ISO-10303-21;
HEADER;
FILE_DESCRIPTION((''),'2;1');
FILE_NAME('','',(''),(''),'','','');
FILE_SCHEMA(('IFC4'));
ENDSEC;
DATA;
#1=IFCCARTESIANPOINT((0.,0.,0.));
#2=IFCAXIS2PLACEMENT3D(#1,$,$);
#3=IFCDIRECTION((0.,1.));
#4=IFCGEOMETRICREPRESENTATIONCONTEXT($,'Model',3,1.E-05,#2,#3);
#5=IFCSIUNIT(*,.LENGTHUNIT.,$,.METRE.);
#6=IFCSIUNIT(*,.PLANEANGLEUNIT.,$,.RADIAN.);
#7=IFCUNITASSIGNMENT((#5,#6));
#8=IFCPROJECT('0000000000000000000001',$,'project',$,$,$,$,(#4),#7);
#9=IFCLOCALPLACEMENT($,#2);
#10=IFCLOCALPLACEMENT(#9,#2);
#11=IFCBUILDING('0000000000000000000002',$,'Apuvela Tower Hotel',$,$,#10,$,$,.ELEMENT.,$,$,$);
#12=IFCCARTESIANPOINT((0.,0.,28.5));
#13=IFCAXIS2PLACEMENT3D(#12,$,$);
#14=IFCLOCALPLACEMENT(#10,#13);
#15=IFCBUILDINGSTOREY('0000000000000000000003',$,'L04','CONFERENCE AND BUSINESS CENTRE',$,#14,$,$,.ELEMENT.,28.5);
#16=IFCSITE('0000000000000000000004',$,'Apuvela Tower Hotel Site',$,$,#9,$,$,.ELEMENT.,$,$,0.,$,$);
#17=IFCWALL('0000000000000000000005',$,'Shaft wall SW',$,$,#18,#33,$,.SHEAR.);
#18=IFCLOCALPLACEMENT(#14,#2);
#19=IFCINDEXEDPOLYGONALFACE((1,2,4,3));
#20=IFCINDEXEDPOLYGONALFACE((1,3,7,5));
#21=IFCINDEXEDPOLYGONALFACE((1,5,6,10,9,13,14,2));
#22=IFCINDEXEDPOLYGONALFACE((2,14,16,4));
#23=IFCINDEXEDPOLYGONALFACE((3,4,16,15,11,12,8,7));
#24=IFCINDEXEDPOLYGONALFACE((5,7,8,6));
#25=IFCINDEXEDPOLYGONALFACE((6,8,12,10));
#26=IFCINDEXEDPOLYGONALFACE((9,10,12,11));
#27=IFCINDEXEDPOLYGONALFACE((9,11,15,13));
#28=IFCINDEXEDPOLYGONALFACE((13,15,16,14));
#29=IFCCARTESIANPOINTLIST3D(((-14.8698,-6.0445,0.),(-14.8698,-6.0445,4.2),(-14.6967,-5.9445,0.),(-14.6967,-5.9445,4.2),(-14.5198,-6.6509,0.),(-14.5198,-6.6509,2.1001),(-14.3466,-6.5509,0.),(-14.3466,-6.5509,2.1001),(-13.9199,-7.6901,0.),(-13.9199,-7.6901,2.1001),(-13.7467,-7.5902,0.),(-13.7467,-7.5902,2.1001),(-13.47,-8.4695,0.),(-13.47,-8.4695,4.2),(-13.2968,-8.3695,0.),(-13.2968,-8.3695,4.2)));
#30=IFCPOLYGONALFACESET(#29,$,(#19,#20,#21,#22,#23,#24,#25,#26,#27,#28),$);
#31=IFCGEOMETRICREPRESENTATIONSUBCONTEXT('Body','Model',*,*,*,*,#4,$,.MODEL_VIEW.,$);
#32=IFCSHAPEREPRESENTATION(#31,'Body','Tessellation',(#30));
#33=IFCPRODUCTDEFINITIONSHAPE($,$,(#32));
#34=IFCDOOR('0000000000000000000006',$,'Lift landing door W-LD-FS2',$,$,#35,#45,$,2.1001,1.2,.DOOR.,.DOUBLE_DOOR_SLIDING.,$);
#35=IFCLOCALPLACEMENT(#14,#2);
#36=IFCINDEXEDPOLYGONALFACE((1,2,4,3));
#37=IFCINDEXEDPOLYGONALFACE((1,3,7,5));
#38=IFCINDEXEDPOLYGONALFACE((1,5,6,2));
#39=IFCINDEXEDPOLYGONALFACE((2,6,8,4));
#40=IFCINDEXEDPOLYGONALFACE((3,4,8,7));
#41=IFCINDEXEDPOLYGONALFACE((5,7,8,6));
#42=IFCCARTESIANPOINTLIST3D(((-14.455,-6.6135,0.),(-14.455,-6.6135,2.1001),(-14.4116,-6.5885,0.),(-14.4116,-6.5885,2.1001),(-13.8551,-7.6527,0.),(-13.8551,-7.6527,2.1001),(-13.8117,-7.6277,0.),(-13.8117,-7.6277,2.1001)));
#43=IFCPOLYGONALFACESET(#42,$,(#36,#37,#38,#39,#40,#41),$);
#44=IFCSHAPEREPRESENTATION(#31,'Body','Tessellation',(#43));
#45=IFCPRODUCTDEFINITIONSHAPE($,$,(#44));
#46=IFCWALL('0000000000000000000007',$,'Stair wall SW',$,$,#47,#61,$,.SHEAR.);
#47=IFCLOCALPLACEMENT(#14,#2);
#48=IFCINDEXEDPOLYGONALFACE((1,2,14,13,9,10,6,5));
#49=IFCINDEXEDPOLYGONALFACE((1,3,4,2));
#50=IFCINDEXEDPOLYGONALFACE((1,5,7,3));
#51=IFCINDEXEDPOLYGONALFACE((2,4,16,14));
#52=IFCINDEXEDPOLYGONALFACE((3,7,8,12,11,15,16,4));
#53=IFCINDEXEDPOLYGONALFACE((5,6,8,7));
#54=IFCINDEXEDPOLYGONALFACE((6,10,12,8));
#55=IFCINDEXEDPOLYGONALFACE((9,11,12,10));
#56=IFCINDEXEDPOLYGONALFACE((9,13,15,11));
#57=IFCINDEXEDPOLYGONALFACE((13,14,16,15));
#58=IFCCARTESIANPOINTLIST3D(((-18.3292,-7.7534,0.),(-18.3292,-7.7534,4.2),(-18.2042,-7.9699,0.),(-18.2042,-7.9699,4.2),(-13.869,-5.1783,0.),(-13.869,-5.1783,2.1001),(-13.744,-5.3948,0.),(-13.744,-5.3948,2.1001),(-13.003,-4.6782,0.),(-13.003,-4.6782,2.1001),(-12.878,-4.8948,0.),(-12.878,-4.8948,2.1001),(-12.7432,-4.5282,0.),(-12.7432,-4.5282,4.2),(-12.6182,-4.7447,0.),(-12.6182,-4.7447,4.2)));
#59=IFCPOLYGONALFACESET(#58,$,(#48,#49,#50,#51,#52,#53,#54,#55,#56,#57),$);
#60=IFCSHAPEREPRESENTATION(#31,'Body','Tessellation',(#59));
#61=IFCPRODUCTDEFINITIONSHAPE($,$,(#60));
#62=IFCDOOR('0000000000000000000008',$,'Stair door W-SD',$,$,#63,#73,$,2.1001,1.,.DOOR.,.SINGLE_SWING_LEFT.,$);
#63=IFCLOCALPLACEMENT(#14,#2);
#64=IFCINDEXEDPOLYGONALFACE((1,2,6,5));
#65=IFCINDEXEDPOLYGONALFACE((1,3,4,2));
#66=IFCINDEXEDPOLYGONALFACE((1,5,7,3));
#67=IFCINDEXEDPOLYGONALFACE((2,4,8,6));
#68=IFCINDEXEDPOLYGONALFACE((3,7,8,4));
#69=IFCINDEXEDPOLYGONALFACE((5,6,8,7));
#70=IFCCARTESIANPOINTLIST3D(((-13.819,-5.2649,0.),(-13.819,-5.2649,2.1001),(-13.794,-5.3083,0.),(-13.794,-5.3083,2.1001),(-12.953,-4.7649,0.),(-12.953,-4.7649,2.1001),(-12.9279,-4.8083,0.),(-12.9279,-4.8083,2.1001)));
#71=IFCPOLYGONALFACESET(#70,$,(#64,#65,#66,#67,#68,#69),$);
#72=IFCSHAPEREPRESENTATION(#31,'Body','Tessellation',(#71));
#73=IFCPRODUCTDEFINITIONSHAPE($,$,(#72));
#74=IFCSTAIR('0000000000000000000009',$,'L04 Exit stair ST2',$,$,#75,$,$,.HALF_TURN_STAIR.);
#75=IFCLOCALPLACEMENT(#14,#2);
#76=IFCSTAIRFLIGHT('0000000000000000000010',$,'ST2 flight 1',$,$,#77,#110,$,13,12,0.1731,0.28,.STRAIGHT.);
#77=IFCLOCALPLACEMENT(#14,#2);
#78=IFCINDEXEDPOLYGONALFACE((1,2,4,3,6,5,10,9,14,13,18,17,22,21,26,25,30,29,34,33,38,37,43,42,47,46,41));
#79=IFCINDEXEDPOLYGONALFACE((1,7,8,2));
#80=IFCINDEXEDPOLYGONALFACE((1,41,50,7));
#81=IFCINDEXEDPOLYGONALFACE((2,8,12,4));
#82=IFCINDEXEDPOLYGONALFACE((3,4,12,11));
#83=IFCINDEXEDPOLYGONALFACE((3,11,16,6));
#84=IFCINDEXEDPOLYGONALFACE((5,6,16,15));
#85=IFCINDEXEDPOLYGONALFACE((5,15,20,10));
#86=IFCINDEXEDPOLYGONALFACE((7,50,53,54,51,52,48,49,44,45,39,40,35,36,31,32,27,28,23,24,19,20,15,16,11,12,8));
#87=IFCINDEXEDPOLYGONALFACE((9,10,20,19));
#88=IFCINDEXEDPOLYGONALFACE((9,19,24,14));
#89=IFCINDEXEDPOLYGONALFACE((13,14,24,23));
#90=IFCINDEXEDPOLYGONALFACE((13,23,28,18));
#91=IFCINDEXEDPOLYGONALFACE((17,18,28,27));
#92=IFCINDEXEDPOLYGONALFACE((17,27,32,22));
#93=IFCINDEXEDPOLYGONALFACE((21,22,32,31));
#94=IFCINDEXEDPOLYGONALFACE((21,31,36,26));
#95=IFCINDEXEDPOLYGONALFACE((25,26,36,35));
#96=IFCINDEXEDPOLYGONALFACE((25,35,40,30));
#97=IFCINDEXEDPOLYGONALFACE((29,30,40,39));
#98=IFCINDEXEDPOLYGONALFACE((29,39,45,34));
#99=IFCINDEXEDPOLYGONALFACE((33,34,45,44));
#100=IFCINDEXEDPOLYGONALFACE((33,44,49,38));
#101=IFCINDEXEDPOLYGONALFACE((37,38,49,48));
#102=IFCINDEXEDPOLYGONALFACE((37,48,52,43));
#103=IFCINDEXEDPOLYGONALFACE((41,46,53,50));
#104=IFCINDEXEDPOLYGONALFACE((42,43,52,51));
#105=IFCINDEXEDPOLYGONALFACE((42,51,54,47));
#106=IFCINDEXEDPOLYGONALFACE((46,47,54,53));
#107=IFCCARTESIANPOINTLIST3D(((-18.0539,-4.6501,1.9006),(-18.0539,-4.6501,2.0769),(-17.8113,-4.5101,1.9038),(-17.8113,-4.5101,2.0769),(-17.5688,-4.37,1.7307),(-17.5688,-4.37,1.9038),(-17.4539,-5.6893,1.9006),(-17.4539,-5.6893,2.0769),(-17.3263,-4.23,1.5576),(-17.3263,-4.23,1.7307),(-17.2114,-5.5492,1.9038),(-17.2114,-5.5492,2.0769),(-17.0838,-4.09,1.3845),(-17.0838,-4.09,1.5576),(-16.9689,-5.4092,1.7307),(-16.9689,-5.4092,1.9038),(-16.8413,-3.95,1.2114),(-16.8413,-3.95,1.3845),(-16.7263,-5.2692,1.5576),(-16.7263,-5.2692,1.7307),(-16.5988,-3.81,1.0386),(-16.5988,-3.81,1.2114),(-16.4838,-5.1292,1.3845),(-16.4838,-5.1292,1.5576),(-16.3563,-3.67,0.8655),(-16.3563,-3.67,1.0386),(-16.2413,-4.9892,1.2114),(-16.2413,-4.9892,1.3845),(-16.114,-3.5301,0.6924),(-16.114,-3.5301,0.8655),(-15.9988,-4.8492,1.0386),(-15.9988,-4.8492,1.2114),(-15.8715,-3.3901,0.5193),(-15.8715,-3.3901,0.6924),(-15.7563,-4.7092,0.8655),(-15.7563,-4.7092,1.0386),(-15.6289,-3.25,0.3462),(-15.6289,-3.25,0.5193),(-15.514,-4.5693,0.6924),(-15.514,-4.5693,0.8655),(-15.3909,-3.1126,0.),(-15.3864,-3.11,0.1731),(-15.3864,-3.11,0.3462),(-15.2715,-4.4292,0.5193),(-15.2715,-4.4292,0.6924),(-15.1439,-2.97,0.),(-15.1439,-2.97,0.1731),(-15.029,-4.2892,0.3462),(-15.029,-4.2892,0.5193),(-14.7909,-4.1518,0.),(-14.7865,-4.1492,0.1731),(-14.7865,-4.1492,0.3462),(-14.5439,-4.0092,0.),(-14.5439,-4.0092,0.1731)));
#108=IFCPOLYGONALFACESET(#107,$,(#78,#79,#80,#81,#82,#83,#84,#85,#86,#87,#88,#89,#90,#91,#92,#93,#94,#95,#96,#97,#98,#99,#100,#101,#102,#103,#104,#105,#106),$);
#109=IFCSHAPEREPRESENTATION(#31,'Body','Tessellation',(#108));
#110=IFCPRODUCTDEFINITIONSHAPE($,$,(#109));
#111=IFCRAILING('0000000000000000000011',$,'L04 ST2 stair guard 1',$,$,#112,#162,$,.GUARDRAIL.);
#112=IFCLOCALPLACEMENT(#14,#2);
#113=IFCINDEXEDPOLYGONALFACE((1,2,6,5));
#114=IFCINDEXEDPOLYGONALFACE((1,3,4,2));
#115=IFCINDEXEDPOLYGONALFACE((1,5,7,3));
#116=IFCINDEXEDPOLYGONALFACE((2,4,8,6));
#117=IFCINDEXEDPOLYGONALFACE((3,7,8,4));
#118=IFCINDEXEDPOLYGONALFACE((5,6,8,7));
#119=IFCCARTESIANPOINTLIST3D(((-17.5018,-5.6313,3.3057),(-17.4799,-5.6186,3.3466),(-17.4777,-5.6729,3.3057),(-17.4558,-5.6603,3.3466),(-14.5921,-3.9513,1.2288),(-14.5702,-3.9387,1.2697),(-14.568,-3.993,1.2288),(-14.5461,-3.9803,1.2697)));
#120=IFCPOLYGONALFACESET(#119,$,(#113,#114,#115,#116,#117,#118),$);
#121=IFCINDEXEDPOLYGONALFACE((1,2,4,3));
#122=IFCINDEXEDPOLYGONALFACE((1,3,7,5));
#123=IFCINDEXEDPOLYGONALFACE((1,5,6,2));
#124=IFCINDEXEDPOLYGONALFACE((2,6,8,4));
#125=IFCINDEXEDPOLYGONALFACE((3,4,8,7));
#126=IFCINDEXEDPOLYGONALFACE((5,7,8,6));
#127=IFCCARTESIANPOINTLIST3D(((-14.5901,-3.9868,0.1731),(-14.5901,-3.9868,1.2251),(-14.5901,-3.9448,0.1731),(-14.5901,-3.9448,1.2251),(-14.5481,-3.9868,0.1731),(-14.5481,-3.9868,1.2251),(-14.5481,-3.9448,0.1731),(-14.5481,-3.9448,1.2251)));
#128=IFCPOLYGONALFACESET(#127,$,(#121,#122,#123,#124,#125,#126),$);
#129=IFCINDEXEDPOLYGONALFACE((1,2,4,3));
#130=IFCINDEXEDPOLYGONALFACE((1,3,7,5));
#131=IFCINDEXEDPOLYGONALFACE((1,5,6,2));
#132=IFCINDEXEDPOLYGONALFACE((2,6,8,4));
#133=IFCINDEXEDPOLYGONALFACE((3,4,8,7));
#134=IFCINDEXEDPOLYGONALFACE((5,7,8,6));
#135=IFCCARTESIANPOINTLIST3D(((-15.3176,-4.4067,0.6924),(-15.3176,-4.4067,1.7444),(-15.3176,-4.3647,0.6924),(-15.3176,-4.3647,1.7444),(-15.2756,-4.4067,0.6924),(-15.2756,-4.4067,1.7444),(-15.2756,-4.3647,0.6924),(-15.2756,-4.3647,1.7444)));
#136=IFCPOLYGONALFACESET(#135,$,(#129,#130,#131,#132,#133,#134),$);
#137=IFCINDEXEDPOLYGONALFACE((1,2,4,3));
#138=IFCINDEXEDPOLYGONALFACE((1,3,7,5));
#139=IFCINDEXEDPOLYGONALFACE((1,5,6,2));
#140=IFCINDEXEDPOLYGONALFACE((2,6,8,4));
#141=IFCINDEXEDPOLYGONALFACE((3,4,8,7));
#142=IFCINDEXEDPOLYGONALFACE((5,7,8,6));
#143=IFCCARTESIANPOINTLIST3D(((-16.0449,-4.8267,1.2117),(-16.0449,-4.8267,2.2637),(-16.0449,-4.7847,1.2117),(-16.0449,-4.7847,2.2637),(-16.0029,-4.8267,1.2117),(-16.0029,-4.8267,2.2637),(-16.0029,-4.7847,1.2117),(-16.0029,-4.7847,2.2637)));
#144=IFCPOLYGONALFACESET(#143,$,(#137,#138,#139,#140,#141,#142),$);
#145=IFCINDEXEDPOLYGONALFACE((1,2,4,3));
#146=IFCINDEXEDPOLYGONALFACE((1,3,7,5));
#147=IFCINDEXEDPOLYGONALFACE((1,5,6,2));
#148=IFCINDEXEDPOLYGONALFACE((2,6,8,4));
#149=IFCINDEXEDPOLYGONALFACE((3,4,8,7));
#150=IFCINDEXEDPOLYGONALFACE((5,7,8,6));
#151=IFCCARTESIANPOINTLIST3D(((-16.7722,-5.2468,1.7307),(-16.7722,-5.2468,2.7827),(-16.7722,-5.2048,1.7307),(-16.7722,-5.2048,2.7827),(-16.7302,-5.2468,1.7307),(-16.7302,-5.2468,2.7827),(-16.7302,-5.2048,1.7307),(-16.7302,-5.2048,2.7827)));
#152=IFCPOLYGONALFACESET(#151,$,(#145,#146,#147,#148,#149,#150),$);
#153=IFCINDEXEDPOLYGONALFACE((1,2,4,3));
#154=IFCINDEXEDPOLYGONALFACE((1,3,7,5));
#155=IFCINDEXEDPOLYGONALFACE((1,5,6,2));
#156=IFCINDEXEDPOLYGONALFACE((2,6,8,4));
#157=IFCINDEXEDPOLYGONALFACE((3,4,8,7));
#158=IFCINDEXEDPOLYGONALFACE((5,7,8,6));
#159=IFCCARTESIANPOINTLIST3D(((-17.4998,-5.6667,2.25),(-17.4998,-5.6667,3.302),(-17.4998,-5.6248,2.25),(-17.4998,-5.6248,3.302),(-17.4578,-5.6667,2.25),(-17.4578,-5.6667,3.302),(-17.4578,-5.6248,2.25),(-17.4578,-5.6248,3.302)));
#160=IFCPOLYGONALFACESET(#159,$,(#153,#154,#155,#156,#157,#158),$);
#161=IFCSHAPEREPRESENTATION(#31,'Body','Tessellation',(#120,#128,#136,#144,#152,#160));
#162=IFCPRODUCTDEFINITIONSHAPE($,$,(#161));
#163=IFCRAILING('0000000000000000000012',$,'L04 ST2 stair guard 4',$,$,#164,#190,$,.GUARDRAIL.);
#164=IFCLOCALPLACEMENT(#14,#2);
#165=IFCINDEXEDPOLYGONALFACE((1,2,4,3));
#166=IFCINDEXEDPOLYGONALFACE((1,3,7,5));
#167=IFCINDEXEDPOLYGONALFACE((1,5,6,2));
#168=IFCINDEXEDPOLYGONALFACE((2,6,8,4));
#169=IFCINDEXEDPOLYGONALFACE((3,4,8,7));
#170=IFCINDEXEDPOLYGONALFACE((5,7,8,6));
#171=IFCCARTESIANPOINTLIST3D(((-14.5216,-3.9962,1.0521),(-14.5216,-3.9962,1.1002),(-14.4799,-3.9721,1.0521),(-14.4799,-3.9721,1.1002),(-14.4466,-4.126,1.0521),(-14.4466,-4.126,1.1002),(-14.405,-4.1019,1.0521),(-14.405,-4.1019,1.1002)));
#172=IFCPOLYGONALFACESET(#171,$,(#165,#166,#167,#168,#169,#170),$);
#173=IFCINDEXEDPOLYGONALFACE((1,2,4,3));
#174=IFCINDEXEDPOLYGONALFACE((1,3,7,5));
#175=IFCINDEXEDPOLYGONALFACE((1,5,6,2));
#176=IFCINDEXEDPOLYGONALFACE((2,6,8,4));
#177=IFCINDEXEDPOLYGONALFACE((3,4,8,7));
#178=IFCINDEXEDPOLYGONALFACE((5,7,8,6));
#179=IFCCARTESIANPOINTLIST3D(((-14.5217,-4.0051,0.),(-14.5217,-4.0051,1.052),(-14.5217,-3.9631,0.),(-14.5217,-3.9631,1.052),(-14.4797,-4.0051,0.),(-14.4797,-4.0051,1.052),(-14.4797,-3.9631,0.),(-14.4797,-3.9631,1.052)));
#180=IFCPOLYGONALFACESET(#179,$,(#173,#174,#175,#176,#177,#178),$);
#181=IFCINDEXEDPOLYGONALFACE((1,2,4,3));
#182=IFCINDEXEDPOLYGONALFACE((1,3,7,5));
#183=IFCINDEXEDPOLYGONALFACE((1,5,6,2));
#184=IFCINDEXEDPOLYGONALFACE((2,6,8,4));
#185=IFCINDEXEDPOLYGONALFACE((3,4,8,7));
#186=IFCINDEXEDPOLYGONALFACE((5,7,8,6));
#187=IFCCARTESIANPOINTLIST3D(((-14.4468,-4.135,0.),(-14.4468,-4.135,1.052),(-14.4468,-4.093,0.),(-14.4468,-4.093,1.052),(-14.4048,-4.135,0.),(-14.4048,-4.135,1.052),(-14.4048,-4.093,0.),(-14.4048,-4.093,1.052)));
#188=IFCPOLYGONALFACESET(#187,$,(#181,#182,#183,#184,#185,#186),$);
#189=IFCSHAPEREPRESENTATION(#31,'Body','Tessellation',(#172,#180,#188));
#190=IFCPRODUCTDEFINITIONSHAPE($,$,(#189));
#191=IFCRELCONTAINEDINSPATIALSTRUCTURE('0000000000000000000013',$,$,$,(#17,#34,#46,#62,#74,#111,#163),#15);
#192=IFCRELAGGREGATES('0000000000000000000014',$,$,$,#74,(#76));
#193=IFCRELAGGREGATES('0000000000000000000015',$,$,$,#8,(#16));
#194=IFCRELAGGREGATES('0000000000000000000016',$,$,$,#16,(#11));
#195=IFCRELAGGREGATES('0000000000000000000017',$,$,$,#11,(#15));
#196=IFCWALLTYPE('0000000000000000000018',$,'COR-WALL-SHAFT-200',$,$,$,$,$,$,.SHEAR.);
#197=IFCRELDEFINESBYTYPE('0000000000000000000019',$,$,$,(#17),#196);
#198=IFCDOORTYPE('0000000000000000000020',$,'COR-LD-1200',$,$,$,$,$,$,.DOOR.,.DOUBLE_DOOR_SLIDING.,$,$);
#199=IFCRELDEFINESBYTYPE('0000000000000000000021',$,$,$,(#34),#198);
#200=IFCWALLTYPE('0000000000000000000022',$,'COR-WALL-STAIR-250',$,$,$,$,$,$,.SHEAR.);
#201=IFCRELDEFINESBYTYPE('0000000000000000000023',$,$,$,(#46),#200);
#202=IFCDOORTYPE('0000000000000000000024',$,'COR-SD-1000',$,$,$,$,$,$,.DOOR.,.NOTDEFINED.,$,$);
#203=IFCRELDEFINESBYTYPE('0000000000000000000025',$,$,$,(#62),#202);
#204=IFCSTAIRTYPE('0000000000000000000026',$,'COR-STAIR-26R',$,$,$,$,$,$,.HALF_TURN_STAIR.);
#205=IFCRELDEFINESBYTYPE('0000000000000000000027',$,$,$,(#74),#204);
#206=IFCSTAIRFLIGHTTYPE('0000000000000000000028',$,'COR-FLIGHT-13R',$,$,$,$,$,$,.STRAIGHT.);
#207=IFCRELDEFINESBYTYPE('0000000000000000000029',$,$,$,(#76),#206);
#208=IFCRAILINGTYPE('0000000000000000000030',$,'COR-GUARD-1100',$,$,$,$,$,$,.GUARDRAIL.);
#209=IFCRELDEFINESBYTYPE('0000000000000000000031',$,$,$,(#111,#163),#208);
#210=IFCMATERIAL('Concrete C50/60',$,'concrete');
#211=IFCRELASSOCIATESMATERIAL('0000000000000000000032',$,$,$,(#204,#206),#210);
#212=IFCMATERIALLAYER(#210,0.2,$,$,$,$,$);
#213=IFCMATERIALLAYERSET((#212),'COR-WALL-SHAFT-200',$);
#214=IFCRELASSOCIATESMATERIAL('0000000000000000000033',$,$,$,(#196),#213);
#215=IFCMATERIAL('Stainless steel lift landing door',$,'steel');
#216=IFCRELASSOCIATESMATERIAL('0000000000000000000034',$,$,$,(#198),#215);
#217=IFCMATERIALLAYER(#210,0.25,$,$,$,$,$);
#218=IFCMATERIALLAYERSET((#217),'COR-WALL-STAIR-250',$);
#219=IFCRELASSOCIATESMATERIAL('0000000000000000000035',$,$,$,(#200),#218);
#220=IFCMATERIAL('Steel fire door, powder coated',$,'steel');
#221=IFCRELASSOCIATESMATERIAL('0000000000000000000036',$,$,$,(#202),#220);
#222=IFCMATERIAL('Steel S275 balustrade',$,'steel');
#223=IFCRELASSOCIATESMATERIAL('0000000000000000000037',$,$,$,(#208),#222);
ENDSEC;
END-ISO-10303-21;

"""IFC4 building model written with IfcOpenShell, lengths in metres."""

from ifc_helpers import new_model, si_unit, direction, frame, frame_2d, origin, origin_2d, place, context, subcontext, project, spatial, polyline, rectangle, outline, extrude, material, layer, layer_set, type_object, element, fill, aggregate, save


model = new_model("IFC4")

# Units and contexts
model_context = context("Model", 3, precision=1e-05, world=origin(), true_north=direction((0.0, 1.0)))
body_context = subcontext(model_context, "Body", "Model", "MODEL_VIEW")
ifc_project = project(units=[si_unit("LENGTHUNIT", "METRE"), si_unit("PLANEANGLEUNIT", "RADIAN")], contexts=[model_context])

# Site, building, storey
site_placement = place(None, origin())
site = spatial("IfcSite", under=ifc_project, at=site_placement, Name="Apuvela Tower Hotel Site", CompositionType="ELEMENT", RefElevation=0.0)
building_placement = place(site_placement, origin())
building = spatial("IfcBuilding", under=site, at=building_placement, Name="Apuvela Tower Hotel", CompositionType="ELEMENT")
storey_placement = place(building_placement, frame((0.0, 0.0, 28.5)))
storey = spatial("IfcBuildingStorey", under=building, at=storey_placement, Name="L04", Description="CONFERENCE AND BUSINESS CENTRE", CompositionType="ELEMENT", Elevation=28.5)

# Shared definitions
ifc_material_1 = material(Name="Concrete C50/60", Category="concrete")

# Shared definitions
stair_type = type_object("IfcStairType", Name="COR-STAIR-26R", PredefinedType="HALF_TURN_STAIR", material=ifc_material_1)

# Shared definitions
ifc_material_2 = material(Name="Steel fire door, powder coated", Category="steel")

# Walls, openings, doors
ifc_layer_1 = layer(ifc_material_1, 0.2)
ifc_layer_set_1 = layer_set([ifc_layer_1], Name="COR-WALL-SHAFT-200")
wall_type_1 = type_object("IfcWallType", Name="COR-WALL-SHAFT-200", PredefinedType="SHEAR", material=ifc_layer_set_1)
wall_1_placement = place(storey_placement, frame((-14.7832, -5.9946, 0.0), z_axis=(0.0, 0.0, 1.0), x_axis=(0.499946, -0.866056, 0.0)))
wall_1 = element("IfcWall", 1, at=wall_1_placement, inside=storey, type_object=wall_type_1, Name="Shaft wall SW", PredefinedType="SHEAR", context=body_context, shape_type="SweptSolid", body=[
    extrude(rectangle(XDim=2.8, YDim=0.2, at=frame_2d((1.3999, 0.0))), origin(), (0.0, 0.0, 1.0), 4.2),
])
opening_1_placement = place(wall_1_placement, frame((0.7, 0.0, 0.0)))
opening_1 = element("IfcOpeningElement", 2, at=opening_1_placement, cuts=wall_1, PredefinedType="OPENING", context=body_context, shape_type="SweptSolid", body=[
    extrude(rectangle(XDim=1.2, YDim=2.1001, at=frame_2d((0.6001, 1.05))), frame((0.0, 0.1099, 0.0), z_axis=(0.0, -1.0, 0.0), x_axis=(1.0, 0.0, 0.0)), (0.0, 0.0, 1.0), 0.22),
])
ifc_material_3 = material(Name="Stainless steel lift landing door", Category="steel")
door_type_1 = type_object("IfcDoorType", Name="COR-LD-1200", OperationType="DOUBLE_DOOR_SLIDING", PredefinedType="DOOR", material=ifc_material_3)
door_1_placement = place(opening_1_placement, origin())
door_1 = element("IfcDoor", 3, at=door_1_placement, inside=storey, type_object=door_type_1, Name="Lift landing door W-LD-FS2", OperationType="DOUBLE_DOOR_SLIDING", OverallHeight=2.1001, OverallWidth=1.2, PredefinedType="DOOR", context=body_context, shape_type="SweptSolid", body=[
    extrude(rectangle(XDim=1.2, YDim=2.1001, at=frame_2d((0.6001, 1.05))), frame((0.0, 0.0249, 0.0), z_axis=(0.0, -1.0, 0.0), x_axis=(1.0, 0.0, 0.0)), (0.0, 0.0, 1.0), 0.05),
])
fill(opening_1, door_1)
ifc_layer_2 = layer(ifc_material_1, 0.25)
ifc_layer_set_2 = layer_set([ifc_layer_2], Name="COR-WALL-STAIR-250")
wall_type_2 = type_object("IfcWallType", Name="COR-WALL-STAIR-250", PredefinedType="SHEAR", material=ifc_layer_set_2)
wall_2_placement = place(storey_placement, frame((-12.6807, -4.6365, 0.0), z_axis=(0.0, 0.0, 1.0), x_axis=(-0.866022, -0.500006, 0.0)))
wall_2 = element("IfcWall", 4, at=wall_2_placement, inside=storey, type_object=wall_type_2, Name="Stair wall SW", PredefinedType="SHEAR", context=body_context, shape_type="SweptSolid", body=[
    extrude(rectangle(XDim=6.4502, YDim=0.25, at=frame_2d((3.2251, 0.0))), origin(), (0.0, 0.0, 1.0), 4.2),
])
opening_2_placement = place(wall_2_placement, frame((0.3, 0.0, 0.0)))
opening_2 = element("IfcOpeningElement", 5, at=opening_2_placement, cuts=wall_2, PredefinedType="OPENING", context=body_context, shape_type="SweptSolid", body=[
    extrude(rectangle(XDim=1.0, YDim=2.1001, at=frame_2d((0.5, 1.05))), frame((0.0, 0.135, 0.0), z_axis=(0.0, -1.0, 0.0), x_axis=(1.0, 0.0, 0.0)), (0.0, 0.0, 1.0), 0.27),
])
door_type_2 = type_object("IfcDoorType", Name="COR-SD-1000", OperationType="NOTDEFINED", PredefinedType="DOOR", material=ifc_material_2)
door_2_placement = place(opening_2_placement, frame((1.0, 0.0, 0.0), z_axis=(0.0, 0.0, 1.0), x_axis=(-1.0, 0.0, 0.0)))
door_2 = element("IfcDoor", 6, at=door_2_placement, inside=storey, type_object=door_type_2, Name="Stair door W-SD", OperationType="SINGLE_SWING_LEFT", OverallHeight=2.1001, OverallWidth=1.0, PredefinedType="DOOR", context=body_context, shape_type="SweptSolid", body=[
    extrude(rectangle(XDim=1.0, YDim=2.1001, at=frame_2d((0.5, 1.05))), frame((0.0, 0.0249, 0.0), z_axis=(0.0, -1.0, 0.0), x_axis=(1.0, 0.0, 0.0)), (0.0, 0.0, 1.0), 0.05),
])
fill(opening_2, door_2)

# Stair, stair flight
stair_1_placement = place(storey_placement, origin())
stair_1 = element("IfcStair", 7, at=stair_1_placement, inside=storey, type_object=stair_type, Name="L04 Exit stair ST2", PredefinedType="HALF_TURN_STAIR")
stair_flight_type = type_object("IfcStairFlightType", Name="COR-FLIGHT-13R", PredefinedType="STRAIGHT", material=ifc_material_1)
stair_flight_placement = place(storey_placement, frame((-14.844, -3.4895, 0.0), z_axis=(0.0, 0.0, 1.0), x_axis=(-0.866025, -0.5, 0.0)))
stair_flight = element("IfcStairFlight", 8, at=stair_flight_placement, type_object=stair_flight_type, Name="ST2 flight 1", NumberOfRisers=13, NumberOfTreads=12, PredefinedType="STRAIGHT", RiserHeight=0.1731, TreadLength=0.28, context=body_context, shape_type="SweptSolid", body=[
    extrude(outline(polyline([(0.0, 0.0), (0.0, 0.1731), (0.28, 0.1731), (0.28, 0.3462), (0.5601, 0.3462), (0.5601, 0.5193), (0.8401, 0.5193), (0.8401, 0.6924), (1.1201, 0.6924), (1.1201, 0.8655), (1.3999, 0.8655), (1.3999, 1.0386), (1.6799, 1.0386), (1.6799, 1.2114), (1.96, 1.2114), (1.96, 1.3845), (2.24, 1.3845), (2.24, 1.5576), (2.52, 1.5576), (2.52, 1.7307), (2.8, 1.7307), (2.8, 1.9038), (3.0801, 1.9038), (3.0801, 2.0769), (3.3601, 2.0769), (3.3601, 2.25), (3.3601, 1.9006), (0.2852, 0.0), (0.0, 0.0)])), frame((0.0, 0.6001, 0.0), z_axis=(0.0, -1.0, 0.0), x_axis=(1.0, 0.0, 0.0)), (0.0, 0.0, 1.0), 1.2),
])
aggregate(stair_1, [stair_flight])

# Railings
ifc_material_4 = material(Name="Steel S275 balustrade", Category="steel")
railing_type = type_object("IfcRailingType", Name="COR-GUARD-1100", PredefinedType="GUARDRAIL", material=ifc_material_4)
railing_1_placement = place(storey_placement, frame((-14.5691, -3.9658, 0.1731)))
element("IfcRailing", 9, at=railing_1_placement, inside=storey, type_object=railing_type, Name="L04 ST2 stair guard 1", PredefinedType="GUARDRAIL", context=body_context, shape_type="SweptSolid", body=[
    extrude(rectangle(XDim=0.0481, YDim=0.0481, at=origin_2d()), frame((0.0, 0.0, 1.0762), z_axis=(-0.73664, -0.425308, 0.525809), x_axis=(0.500008, -0.866021, 0.0)), (0.0, 0.0, 1.0), 3.95),
    extrude(rectangle(XDim=0.042, YDim=0.042, at=origin_2d()), origin(), (0.0, 0.0, 1.0), 1.052),
    extrude(rectangle(XDim=0.042, YDim=0.042, at=origin_2d()), frame((-0.7275, -0.4199, 0.5193)), (0.0, 0.0, 1.0), 1.052),
    extrude(rectangle(XDim=0.042, YDim=0.042, at=origin_2d()), frame((-1.4548, -0.8398, 1.0386)), (0.0, 0.0, 1.0), 1.052),
    extrude(rectangle(XDim=0.042, YDim=0.042, at=origin_2d()), frame((-2.1821, -1.26, 1.5576)), (0.0, 0.0, 1.0), 1.052),
    extrude(rectangle(XDim=0.042, YDim=0.042, at=origin_2d()), frame((-2.9097, -1.6799, 2.0769)), (0.0, 0.0, 1.0), 1.052),
])
railing_2_placement = place(storey_placement, frame((-14.5007, -3.9841, 0.0)))
element("IfcRailing", 10, at=railing_2_placement, inside=storey, type_object=railing_type, Name="L04 ST2 stair guard 4", PredefinedType="GUARDRAIL", context=body_context, shape_type="SweptSolid", body=[
    extrude(rectangle(XDim=0.0481, YDim=0.0481, at=origin_2d()), frame((0.0, 0.0, 1.0762), z_axis=(0.499816, -0.866131, 0.0), x_axis=(0.866131, 0.499816, 0.0)), (0.0, 0.0, 1.0), 0.1499),
    extrude(rectangle(XDim=0.042, YDim=0.042, at=origin_2d()), origin(), (0.0, 0.0, 1.0), 1.052),
    extrude(rectangle(XDim=0.042, YDim=0.042, at=origin_2d()), frame((0.075, -0.1299, 0.0)), (0.0, 0.0, 1.0), 1.052),
])

save(model, "model.ifc")
